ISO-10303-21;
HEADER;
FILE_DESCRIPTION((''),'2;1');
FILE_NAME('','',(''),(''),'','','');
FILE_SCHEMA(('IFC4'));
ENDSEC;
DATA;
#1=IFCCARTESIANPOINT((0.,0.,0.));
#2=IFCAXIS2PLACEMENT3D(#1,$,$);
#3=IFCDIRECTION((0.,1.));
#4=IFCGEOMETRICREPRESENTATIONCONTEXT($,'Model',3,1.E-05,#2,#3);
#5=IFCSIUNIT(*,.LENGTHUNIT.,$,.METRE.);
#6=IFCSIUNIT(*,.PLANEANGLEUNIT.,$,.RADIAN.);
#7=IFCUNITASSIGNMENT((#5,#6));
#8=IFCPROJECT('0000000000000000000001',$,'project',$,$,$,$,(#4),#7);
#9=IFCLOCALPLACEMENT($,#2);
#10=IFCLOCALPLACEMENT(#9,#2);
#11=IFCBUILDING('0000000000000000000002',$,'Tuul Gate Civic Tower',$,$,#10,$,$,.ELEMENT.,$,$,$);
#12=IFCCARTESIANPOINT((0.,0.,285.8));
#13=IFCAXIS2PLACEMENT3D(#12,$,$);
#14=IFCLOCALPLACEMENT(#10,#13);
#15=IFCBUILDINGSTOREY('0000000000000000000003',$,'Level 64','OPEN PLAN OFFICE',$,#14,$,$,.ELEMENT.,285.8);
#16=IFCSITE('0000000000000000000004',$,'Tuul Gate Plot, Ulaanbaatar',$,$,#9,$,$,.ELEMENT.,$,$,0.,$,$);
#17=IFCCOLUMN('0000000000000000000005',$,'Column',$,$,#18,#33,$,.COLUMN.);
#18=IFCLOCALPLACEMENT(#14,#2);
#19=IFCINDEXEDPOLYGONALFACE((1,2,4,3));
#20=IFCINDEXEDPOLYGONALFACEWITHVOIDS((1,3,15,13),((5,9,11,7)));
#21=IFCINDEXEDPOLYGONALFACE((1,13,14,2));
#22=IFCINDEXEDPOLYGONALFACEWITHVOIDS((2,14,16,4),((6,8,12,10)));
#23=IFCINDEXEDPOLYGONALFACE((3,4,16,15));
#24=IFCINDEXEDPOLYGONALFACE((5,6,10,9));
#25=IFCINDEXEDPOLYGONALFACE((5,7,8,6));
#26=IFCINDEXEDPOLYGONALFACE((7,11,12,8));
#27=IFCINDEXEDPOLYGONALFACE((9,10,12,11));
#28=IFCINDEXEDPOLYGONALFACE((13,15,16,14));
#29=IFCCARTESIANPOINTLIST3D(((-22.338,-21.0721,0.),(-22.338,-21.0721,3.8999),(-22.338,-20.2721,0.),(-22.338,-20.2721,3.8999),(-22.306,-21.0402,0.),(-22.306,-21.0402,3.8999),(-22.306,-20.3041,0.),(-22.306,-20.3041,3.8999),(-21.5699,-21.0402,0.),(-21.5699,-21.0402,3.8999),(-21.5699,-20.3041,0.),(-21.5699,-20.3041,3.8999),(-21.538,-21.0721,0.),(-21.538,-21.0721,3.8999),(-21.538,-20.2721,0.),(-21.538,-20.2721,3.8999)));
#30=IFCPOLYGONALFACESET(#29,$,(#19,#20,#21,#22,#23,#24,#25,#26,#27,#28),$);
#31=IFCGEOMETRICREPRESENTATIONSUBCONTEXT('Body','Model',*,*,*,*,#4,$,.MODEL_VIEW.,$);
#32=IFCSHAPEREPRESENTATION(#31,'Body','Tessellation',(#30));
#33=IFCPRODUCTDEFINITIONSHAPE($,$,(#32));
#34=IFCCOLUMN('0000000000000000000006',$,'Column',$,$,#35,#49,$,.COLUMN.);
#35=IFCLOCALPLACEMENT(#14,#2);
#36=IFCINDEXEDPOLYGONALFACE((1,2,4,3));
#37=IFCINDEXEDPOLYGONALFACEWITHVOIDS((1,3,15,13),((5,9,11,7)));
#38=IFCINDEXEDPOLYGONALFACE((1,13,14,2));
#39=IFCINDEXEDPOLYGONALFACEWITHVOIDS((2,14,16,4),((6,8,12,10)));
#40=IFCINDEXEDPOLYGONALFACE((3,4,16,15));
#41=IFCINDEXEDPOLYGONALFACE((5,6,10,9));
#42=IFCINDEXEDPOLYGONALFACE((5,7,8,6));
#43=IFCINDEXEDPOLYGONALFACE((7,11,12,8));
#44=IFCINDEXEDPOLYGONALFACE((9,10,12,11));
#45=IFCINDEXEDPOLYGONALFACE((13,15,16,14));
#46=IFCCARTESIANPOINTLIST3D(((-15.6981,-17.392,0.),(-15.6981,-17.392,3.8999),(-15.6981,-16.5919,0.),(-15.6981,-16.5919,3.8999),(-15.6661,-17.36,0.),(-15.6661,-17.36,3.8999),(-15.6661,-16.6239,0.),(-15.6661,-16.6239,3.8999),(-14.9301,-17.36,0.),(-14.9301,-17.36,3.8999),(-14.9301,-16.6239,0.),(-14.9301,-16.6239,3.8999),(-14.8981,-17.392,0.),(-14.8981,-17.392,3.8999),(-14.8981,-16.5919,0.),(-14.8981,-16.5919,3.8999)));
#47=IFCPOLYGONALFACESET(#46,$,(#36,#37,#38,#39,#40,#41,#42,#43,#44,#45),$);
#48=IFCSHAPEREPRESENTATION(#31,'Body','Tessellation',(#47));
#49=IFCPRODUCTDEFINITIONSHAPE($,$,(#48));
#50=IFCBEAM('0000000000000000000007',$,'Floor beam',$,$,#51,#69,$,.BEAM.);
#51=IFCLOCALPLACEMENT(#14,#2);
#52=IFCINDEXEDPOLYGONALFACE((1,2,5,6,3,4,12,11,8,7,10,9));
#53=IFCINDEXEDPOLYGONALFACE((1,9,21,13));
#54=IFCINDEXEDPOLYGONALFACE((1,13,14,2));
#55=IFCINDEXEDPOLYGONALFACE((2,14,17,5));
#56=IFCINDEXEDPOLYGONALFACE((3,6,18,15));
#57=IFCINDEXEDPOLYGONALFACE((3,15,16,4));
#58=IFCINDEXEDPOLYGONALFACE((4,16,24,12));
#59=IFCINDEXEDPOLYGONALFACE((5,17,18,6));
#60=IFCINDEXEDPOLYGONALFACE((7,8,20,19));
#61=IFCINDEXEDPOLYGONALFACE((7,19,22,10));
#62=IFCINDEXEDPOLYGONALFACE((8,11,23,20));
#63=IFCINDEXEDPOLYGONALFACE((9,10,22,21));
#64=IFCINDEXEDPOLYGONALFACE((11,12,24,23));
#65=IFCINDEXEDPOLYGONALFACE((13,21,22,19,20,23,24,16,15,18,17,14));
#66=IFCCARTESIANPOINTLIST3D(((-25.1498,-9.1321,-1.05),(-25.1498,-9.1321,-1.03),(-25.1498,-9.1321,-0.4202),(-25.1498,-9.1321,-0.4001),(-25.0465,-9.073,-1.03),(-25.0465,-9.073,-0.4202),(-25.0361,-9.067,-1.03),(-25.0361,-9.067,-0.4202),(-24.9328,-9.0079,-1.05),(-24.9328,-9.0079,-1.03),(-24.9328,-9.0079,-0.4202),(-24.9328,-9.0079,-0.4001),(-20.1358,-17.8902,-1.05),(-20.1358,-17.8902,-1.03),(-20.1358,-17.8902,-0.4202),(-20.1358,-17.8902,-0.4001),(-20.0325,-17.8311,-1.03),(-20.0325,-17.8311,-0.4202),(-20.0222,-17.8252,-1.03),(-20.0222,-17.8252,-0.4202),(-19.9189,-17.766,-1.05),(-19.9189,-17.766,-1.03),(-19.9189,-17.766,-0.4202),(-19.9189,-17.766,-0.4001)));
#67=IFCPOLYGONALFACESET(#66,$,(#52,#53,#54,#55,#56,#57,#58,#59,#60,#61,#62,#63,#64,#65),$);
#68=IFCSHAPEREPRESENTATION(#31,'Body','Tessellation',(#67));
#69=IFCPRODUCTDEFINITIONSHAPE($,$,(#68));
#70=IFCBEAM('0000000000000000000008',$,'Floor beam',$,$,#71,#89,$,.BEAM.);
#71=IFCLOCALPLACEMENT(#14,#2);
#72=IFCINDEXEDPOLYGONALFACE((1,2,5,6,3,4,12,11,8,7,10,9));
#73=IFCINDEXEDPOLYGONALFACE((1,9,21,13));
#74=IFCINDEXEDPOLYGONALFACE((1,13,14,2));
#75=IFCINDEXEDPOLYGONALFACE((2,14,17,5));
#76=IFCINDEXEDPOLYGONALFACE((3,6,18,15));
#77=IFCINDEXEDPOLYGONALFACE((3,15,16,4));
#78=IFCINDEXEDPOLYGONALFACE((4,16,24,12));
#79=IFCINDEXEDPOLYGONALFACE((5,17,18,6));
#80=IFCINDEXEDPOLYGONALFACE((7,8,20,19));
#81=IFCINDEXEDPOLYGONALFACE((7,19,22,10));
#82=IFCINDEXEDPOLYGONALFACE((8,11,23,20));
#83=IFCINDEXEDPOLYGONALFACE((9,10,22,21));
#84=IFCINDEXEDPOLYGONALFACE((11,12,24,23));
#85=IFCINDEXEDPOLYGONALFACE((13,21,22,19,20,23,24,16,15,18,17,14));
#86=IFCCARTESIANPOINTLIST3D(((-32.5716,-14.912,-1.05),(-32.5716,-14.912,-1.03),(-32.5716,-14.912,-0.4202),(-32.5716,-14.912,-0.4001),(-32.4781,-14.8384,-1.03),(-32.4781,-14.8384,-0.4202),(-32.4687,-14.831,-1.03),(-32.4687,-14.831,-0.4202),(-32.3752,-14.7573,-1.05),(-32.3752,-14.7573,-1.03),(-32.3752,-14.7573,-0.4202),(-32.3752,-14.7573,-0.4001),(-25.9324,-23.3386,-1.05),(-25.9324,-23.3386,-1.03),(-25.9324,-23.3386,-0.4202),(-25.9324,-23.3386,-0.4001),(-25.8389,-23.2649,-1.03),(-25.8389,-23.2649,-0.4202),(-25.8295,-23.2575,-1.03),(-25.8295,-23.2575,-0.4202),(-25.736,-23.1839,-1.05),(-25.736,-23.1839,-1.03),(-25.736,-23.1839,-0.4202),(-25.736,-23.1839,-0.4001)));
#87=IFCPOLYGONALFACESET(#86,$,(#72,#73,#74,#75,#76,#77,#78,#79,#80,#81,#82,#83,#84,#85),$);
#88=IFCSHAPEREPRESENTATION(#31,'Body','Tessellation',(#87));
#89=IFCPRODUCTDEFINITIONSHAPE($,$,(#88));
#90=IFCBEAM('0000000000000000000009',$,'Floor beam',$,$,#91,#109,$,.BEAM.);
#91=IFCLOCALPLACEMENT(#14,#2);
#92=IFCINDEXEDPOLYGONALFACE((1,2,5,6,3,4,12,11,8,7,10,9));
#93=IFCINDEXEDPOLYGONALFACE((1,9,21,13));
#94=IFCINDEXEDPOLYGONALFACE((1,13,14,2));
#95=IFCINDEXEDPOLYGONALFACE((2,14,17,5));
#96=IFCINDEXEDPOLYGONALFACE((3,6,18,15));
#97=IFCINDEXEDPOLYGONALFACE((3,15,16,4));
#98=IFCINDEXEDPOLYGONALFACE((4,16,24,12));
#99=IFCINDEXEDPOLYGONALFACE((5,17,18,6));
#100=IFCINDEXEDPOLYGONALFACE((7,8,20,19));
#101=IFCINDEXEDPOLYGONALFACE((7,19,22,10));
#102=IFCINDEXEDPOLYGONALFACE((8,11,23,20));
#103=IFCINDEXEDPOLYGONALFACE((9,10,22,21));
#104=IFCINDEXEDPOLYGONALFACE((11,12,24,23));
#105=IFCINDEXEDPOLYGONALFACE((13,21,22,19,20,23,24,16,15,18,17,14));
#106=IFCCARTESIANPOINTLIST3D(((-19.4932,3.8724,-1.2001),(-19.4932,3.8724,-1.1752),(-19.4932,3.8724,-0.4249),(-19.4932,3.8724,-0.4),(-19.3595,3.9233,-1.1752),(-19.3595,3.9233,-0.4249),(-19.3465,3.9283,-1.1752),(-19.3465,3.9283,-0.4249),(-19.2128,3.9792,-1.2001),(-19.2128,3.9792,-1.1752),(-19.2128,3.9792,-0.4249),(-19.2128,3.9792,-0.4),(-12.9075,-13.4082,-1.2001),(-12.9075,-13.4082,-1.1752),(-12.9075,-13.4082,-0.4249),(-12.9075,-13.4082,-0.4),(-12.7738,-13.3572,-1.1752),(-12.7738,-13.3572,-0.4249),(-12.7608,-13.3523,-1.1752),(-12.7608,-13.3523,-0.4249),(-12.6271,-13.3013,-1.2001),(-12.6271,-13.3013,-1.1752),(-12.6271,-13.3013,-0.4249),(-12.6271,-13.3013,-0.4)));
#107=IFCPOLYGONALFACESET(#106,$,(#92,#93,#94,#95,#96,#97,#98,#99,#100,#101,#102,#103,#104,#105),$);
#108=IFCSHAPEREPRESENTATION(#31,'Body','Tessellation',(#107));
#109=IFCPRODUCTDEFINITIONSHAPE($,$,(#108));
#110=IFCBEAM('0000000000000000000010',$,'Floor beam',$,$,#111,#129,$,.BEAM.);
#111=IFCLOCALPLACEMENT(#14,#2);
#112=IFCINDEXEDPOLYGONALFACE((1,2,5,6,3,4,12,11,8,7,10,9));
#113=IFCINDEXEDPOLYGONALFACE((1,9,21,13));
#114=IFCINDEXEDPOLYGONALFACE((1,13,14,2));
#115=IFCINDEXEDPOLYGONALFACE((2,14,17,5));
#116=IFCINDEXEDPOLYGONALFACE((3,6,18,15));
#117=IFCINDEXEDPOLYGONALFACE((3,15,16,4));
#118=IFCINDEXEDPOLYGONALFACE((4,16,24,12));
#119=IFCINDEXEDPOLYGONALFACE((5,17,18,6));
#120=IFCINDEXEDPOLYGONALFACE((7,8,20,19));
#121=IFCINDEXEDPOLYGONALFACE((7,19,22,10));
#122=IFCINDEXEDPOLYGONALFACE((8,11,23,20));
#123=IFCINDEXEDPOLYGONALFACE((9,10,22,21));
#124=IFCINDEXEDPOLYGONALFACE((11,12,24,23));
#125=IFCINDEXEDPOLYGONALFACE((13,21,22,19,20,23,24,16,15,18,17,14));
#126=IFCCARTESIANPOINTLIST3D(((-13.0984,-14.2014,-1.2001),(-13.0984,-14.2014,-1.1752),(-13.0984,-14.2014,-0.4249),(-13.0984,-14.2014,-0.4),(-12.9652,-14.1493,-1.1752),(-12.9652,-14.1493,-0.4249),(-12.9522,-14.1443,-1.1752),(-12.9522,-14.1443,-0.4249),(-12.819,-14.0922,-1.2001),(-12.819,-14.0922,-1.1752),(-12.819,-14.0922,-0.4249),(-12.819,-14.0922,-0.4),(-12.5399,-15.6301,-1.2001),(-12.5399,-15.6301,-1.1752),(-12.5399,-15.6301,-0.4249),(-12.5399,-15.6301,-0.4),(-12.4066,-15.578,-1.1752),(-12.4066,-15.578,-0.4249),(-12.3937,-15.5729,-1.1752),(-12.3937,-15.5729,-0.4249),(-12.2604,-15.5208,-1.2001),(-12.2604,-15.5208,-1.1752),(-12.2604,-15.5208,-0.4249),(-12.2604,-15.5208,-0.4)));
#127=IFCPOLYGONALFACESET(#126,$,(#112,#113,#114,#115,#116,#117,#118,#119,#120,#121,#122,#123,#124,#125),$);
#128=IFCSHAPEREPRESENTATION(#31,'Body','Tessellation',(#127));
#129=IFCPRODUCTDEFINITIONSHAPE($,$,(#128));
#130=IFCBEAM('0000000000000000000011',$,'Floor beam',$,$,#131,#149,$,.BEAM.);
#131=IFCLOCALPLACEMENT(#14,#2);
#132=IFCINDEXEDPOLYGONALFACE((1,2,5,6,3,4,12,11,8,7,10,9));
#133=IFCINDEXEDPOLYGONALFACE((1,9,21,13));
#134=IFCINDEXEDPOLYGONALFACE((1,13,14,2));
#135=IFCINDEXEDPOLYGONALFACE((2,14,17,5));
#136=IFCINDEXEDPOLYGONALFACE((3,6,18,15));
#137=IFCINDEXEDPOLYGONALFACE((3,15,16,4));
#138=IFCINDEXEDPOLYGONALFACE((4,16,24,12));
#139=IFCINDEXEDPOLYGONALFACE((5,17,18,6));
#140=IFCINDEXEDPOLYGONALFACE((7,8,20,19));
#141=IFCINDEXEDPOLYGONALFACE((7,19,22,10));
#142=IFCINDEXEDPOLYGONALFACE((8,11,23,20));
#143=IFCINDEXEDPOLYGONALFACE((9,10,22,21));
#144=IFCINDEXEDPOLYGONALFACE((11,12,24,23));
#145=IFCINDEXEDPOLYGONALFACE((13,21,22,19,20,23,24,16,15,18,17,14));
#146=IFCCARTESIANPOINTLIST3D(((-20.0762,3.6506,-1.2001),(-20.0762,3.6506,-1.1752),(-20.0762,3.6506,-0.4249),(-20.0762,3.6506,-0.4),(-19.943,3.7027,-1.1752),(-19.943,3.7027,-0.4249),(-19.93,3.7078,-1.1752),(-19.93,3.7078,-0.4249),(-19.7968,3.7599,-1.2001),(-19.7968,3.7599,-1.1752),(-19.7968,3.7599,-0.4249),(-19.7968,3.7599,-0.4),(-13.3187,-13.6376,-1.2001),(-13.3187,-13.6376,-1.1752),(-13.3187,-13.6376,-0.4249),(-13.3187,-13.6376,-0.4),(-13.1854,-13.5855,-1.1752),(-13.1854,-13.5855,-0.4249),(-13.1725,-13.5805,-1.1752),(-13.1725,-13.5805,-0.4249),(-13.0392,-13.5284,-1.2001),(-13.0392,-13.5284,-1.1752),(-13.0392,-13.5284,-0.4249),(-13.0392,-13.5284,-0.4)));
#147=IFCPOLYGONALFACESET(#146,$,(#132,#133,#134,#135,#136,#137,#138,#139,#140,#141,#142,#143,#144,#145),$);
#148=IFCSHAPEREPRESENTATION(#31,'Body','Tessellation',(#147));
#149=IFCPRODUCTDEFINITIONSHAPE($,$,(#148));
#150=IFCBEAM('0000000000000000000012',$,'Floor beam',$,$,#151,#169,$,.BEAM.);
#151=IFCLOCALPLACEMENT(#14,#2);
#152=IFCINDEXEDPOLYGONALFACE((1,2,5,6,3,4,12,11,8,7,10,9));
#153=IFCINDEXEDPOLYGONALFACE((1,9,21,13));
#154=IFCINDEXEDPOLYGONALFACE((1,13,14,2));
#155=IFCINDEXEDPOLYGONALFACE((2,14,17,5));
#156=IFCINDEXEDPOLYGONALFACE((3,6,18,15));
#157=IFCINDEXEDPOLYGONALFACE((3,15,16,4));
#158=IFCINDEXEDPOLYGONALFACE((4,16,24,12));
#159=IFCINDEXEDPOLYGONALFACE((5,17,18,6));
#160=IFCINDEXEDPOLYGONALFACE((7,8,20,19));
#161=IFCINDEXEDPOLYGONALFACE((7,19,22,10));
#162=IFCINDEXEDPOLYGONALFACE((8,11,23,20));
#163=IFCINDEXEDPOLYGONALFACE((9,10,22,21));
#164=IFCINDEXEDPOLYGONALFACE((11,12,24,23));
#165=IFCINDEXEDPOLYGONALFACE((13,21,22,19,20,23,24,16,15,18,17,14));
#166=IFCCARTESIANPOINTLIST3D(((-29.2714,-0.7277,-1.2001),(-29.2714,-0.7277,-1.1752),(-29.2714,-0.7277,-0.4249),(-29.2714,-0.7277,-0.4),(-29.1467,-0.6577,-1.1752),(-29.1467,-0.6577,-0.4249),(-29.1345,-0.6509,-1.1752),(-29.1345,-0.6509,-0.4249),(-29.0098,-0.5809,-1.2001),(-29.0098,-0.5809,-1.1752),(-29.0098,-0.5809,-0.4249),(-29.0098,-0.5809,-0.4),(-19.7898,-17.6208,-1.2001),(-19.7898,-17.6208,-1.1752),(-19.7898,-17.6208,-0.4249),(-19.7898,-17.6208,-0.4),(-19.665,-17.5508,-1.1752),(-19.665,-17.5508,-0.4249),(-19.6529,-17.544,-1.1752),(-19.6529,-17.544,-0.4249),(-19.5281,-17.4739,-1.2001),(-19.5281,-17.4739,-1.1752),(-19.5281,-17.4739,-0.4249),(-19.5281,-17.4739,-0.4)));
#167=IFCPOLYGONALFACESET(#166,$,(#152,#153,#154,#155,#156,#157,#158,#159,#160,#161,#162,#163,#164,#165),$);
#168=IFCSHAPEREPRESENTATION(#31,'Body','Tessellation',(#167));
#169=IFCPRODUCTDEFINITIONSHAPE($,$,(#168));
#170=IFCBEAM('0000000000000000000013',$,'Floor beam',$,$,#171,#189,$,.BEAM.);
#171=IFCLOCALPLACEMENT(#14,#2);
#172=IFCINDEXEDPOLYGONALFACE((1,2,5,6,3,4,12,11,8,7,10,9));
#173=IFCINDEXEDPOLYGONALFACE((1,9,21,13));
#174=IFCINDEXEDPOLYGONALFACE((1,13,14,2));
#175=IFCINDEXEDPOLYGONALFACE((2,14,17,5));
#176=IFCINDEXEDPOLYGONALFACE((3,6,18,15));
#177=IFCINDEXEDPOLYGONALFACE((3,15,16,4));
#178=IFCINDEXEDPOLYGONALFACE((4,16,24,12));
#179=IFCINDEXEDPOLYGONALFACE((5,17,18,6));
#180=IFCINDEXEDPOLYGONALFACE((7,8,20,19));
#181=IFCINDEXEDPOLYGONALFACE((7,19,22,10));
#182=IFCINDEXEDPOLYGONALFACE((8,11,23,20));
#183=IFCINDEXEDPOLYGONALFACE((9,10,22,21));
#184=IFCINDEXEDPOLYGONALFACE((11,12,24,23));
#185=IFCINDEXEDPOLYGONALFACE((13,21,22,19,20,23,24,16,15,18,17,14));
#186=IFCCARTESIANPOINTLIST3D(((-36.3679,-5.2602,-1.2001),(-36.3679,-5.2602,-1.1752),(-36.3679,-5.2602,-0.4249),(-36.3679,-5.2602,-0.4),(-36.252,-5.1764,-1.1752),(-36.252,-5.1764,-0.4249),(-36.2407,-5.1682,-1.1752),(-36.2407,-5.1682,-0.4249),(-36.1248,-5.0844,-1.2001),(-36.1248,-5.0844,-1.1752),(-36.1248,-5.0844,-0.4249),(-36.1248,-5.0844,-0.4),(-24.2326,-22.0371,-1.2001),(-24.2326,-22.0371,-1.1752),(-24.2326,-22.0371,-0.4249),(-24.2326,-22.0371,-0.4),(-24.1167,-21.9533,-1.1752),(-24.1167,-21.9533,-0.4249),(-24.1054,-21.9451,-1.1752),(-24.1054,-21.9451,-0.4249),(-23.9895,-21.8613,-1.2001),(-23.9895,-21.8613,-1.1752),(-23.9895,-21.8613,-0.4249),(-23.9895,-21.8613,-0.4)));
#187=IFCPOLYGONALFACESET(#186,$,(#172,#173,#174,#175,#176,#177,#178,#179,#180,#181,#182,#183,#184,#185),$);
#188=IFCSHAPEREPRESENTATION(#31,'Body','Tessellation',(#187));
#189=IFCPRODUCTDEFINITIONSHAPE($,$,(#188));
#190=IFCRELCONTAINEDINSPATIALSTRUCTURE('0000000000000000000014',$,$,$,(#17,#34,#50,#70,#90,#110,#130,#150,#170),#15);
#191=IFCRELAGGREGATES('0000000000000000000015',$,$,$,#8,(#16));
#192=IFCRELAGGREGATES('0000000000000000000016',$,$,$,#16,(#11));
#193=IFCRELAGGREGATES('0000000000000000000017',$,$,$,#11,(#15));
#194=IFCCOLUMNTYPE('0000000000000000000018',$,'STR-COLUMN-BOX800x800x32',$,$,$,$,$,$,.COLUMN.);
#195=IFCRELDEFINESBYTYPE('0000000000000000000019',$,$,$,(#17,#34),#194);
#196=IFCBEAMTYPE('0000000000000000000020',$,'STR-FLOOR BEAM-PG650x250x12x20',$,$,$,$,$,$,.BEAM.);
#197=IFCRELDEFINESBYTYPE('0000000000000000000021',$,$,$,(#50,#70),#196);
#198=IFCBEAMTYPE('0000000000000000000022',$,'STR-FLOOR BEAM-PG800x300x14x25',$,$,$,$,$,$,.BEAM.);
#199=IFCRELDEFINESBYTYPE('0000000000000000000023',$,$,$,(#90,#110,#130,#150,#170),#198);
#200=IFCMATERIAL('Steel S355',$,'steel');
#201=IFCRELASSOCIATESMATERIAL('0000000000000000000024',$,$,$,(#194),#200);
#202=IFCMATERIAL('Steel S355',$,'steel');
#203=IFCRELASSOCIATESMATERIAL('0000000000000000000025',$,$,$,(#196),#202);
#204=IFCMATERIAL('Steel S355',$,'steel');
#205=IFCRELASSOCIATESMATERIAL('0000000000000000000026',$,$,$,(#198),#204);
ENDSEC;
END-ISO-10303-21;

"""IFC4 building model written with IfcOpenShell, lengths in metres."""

from ifc_helpers import new_model, si_unit, direction, frame, origin, origin_2d, place, context, subcontext, project, spatial, hollow_rectangle, i_section, extrude, material, material_profile, profile_set, type_object, element, save


model = new_model("IFC4")

# Units and contexts
model_context = context("Model", 3, precision=1e-05, world=origin(), true_north=direction((0.0, 1.0)))
body_context = subcontext(model_context, "Body", "Model", "MODEL_VIEW")
ifc_project = project(units=[si_unit("LENGTHUNIT", "METRE"), si_unit("PLANEANGLEUNIT", "RADIAN")], contexts=[model_context])

# Site, building, storey
site_placement = place(None, origin())
site = spatial("IfcSite", under=ifc_project, at=site_placement, Name="Tuul Gate Plot, Ulaanbaatar", CompositionType="ELEMENT", RefElevation=0.0)
building_placement = place(site_placement, origin())
building = spatial("IfcBuilding", under=site, at=building_placement, Name="Tuul Gate Civic Tower", CompositionType="ELEMENT")
storey_placement = place(building_placement, frame((0.0, 0.0, 285.8)))
storey = spatial("IfcBuildingStorey", under=building, at=storey_placement, Name="Level 64", Description="OPEN PLAN OFFICE", CompositionType="ELEMENT", Elevation=285.8)

# Columns
ifc_material_1 = material(Name="Steel S355", Category="steel")
ifc_material_profile_1 = material_profile(ifc_material_1, hollow_rectangle(XDim=0.8, YDim=0.8, WallThickness=0.032, at=origin_2d()), Name="BOX800x800x32")
ifc_profile_set_1 = profile_set([ifc_material_profile_1], Name="Steel S355")
column_type = type_object("IfcColumnType", Name="STR-COLUMN-BOX800x800x32", PredefinedType="COLUMN", material=ifc_profile_set_1)
for number, where, z_axis, x_axis, name in (
    (1, (-21.938, -20.6721, 0.0), (0.0, 0.0, 1.0), (1.0, 0.0, 0.0), "Column"),
    (2, (-15.2981, -16.9919, 0.0), (0.0, 0.0, 1.0), (1.0, 0.0, 0.0), "Column"),
):
    element("IfcColumn", number, at=place(storey_placement, frame(where, z_axis=z_axis, x_axis=x_axis)), inside=storey, type_object=column_type, Name=name, PredefinedType="COLUMN", context=body_context, shape_type="SweptSolid", body=[
        extrude(hollow_rectangle(XDim=0.8, YDim=0.8, WallThickness=0.032, at=origin_2d()), origin(), (0.0, 0.0, 1.0), 3.8999),
    ])

# Beams
ifc_material_2 = material(Name="Steel S355", Category="steel")
ifc_material_profile_2 = material_profile(ifc_material_2, i_section(OverallWidth=0.25, OverallDepth=0.6499, WebThickness=0.012, FlangeThickness=0.02, at=origin_2d()), Name="PG650x250x12x20")
ifc_profile_set_2 = profile_set([ifc_material_profile_2], Name="Steel S355")
beam_type_1 = type_object("IfcBeamType", Name="STR-FLOOR BEAM-PG650x250x12x20", PredefinedType="BEAM", material=ifc_profile_set_2)
beam_1_placement = place(storey_placement, frame((-20.0273, -17.8281, -0.7251), z_axis=(-0.496834, 0.867845, 0.0), x_axis=(-0.867845, -0.496834, 0.0)))
element("IfcBeam", 3, at=beam_1_placement, inside=storey, type_object=beam_type_1, Name="Floor beam", PredefinedType="BEAM", context=body_context, shape_type="SweptSolid", body=[
    extrude(i_section(OverallWidth=0.25, OverallDepth=0.6499, WebThickness=0.012, FlangeThickness=0.02, at=origin_2d()), origin(), (0.0, 0.0, 1.0), 10.0918),
])
beam_2_placement = place(storey_placement, frame((-25.8342, -23.2612, -0.7251), z_axis=(-0.618877, 0.785488, 0.0), x_axis=(-0.785488, -0.618877, 0.0)))
element("IfcBeam", 4, at=beam_2_placement, inside=storey, type_object=beam_type_1, Name="Floor beam", PredefinedType="BEAM", context=body_context, shape_type="SweptSolid", body=[
    extrude(i_section(OverallWidth=0.25, OverallDepth=0.6499, WebThickness=0.012, FlangeThickness=0.02, at=origin_2d()), origin(), (0.0, 0.0, 1.0), 10.7278),
])
ifc_material_3 = material(Name="Steel S355", Category="steel")
ifc_material_profile_3 = material_profile(ifc_material_3, i_section(OverallWidth=0.3, OverallDepth=0.8, WebThickness=0.0139, FlangeThickness=0.0249, at=origin_2d()), Name="PG800x300x14x25")
ifc_profile_set_3 = profile_set([ifc_material_profile_3], Name="Steel S355")
beam_type_2 = type_object("IfcBeamType", Name="STR-FLOOR BEAM-PG800x300x14x25", PredefinedType="BEAM", material=ifc_profile_set_3)
beam_3_placement = place(storey_placement, frame((-12.7673, -13.3547, -0.8), z_axis=(-0.35612, 0.93444, 0.0), x_axis=(-0.93444, -0.35612, 0.0)))
element("IfcBeam", 5, at=beam_3_placement, inside=storey, type_object=beam_type_2, Name="Floor beam", PredefinedType="BEAM", context=body_context, shape_type="SweptSolid", body=[
    extrude(i_section(OverallWidth=0.3, OverallDepth=0.8, WebThickness=0.0139, FlangeThickness=0.0249, at=origin_2d()), origin(), (0.0, 0.0, 1.0), 18.4929),
])
beam_4_placement = place(storey_placement, frame((-12.4001, -15.5754, -0.8), z_axis=(-0.364135, 0.931346, 0.0), x_axis=(-0.931346, -0.364135, 0.0)))
element("IfcBeam", 6, at=beam_4_placement, inside=storey, type_object=beam_type_2, Name="Floor beam", PredefinedType="BEAM", context=body_context, shape_type="SweptSolid", body=[
    extrude(i_section(OverallWidth=0.3, OverallDepth=0.8, WebThickness=0.0139, FlangeThickness=0.0249, at=origin_2d()), origin(), (0.0, 0.0, 1.0), 1.5339),
])
beam_5_placement = place(storey_placement, frame((-13.179, -13.583, -0.8), z_axis=(-0.364052, 0.931379, 0.0), x_axis=(-0.931379, -0.364052, 0.0)))
element("IfcBeam", 7, at=beam_5_placement, inside=storey, type_object=beam_type_2, Name="Floor beam", PredefinedType="BEAM", context=body_context, shape_type="SweptSolid", body=[
    extrude(i_section(OverallWidth=0.3, OverallDepth=0.8, WebThickness=0.0139, FlangeThickness=0.0249, at=origin_2d()), origin(), (0.0, 0.0, 1.0), 18.562),
])
beam_6_placement = place(storey_placement, frame((-19.6589, -17.5474, -0.8), z_axis=(-0.489451, 0.872031, 0.0), x_axis=(-0.872031, -0.489451, 0.0)))
element("IfcBeam", 8, at=beam_6_placement, inside=storey, type_object=beam_type_2, Name="Floor beam", PredefinedType="BEAM", context=body_context, shape_type="SweptSolid", body=[
    extrude(i_section(OverallWidth=0.3, OverallDepth=0.8, WebThickness=0.0139, FlangeThickness=0.0249, at=origin_2d()), origin(), (0.0, 0.0, 1.0), 19.3721),
])
beam_7_placement = place(storey_placement, frame((-24.1111, -21.9492, -0.8), z_axis=(-0.586082, 0.810252, 0.0), x_axis=(-0.810252, -0.586082, 0.0)))
element("IfcBeam", 9, at=beam_7_placement, inside=storey, type_object=beam_type_2, Name="Floor beam", PredefinedType="BEAM", context=body_context, shape_type="SweptSolid", body=[
    extrude(i_section(OverallWidth=0.3, OverallDepth=0.8, WebThickness=0.0139, FlangeThickness=0.0249, at=origin_2d()), origin(), (0.0, 0.0, 1.0), 20.7058),
])

save(model, "model.ifc")
